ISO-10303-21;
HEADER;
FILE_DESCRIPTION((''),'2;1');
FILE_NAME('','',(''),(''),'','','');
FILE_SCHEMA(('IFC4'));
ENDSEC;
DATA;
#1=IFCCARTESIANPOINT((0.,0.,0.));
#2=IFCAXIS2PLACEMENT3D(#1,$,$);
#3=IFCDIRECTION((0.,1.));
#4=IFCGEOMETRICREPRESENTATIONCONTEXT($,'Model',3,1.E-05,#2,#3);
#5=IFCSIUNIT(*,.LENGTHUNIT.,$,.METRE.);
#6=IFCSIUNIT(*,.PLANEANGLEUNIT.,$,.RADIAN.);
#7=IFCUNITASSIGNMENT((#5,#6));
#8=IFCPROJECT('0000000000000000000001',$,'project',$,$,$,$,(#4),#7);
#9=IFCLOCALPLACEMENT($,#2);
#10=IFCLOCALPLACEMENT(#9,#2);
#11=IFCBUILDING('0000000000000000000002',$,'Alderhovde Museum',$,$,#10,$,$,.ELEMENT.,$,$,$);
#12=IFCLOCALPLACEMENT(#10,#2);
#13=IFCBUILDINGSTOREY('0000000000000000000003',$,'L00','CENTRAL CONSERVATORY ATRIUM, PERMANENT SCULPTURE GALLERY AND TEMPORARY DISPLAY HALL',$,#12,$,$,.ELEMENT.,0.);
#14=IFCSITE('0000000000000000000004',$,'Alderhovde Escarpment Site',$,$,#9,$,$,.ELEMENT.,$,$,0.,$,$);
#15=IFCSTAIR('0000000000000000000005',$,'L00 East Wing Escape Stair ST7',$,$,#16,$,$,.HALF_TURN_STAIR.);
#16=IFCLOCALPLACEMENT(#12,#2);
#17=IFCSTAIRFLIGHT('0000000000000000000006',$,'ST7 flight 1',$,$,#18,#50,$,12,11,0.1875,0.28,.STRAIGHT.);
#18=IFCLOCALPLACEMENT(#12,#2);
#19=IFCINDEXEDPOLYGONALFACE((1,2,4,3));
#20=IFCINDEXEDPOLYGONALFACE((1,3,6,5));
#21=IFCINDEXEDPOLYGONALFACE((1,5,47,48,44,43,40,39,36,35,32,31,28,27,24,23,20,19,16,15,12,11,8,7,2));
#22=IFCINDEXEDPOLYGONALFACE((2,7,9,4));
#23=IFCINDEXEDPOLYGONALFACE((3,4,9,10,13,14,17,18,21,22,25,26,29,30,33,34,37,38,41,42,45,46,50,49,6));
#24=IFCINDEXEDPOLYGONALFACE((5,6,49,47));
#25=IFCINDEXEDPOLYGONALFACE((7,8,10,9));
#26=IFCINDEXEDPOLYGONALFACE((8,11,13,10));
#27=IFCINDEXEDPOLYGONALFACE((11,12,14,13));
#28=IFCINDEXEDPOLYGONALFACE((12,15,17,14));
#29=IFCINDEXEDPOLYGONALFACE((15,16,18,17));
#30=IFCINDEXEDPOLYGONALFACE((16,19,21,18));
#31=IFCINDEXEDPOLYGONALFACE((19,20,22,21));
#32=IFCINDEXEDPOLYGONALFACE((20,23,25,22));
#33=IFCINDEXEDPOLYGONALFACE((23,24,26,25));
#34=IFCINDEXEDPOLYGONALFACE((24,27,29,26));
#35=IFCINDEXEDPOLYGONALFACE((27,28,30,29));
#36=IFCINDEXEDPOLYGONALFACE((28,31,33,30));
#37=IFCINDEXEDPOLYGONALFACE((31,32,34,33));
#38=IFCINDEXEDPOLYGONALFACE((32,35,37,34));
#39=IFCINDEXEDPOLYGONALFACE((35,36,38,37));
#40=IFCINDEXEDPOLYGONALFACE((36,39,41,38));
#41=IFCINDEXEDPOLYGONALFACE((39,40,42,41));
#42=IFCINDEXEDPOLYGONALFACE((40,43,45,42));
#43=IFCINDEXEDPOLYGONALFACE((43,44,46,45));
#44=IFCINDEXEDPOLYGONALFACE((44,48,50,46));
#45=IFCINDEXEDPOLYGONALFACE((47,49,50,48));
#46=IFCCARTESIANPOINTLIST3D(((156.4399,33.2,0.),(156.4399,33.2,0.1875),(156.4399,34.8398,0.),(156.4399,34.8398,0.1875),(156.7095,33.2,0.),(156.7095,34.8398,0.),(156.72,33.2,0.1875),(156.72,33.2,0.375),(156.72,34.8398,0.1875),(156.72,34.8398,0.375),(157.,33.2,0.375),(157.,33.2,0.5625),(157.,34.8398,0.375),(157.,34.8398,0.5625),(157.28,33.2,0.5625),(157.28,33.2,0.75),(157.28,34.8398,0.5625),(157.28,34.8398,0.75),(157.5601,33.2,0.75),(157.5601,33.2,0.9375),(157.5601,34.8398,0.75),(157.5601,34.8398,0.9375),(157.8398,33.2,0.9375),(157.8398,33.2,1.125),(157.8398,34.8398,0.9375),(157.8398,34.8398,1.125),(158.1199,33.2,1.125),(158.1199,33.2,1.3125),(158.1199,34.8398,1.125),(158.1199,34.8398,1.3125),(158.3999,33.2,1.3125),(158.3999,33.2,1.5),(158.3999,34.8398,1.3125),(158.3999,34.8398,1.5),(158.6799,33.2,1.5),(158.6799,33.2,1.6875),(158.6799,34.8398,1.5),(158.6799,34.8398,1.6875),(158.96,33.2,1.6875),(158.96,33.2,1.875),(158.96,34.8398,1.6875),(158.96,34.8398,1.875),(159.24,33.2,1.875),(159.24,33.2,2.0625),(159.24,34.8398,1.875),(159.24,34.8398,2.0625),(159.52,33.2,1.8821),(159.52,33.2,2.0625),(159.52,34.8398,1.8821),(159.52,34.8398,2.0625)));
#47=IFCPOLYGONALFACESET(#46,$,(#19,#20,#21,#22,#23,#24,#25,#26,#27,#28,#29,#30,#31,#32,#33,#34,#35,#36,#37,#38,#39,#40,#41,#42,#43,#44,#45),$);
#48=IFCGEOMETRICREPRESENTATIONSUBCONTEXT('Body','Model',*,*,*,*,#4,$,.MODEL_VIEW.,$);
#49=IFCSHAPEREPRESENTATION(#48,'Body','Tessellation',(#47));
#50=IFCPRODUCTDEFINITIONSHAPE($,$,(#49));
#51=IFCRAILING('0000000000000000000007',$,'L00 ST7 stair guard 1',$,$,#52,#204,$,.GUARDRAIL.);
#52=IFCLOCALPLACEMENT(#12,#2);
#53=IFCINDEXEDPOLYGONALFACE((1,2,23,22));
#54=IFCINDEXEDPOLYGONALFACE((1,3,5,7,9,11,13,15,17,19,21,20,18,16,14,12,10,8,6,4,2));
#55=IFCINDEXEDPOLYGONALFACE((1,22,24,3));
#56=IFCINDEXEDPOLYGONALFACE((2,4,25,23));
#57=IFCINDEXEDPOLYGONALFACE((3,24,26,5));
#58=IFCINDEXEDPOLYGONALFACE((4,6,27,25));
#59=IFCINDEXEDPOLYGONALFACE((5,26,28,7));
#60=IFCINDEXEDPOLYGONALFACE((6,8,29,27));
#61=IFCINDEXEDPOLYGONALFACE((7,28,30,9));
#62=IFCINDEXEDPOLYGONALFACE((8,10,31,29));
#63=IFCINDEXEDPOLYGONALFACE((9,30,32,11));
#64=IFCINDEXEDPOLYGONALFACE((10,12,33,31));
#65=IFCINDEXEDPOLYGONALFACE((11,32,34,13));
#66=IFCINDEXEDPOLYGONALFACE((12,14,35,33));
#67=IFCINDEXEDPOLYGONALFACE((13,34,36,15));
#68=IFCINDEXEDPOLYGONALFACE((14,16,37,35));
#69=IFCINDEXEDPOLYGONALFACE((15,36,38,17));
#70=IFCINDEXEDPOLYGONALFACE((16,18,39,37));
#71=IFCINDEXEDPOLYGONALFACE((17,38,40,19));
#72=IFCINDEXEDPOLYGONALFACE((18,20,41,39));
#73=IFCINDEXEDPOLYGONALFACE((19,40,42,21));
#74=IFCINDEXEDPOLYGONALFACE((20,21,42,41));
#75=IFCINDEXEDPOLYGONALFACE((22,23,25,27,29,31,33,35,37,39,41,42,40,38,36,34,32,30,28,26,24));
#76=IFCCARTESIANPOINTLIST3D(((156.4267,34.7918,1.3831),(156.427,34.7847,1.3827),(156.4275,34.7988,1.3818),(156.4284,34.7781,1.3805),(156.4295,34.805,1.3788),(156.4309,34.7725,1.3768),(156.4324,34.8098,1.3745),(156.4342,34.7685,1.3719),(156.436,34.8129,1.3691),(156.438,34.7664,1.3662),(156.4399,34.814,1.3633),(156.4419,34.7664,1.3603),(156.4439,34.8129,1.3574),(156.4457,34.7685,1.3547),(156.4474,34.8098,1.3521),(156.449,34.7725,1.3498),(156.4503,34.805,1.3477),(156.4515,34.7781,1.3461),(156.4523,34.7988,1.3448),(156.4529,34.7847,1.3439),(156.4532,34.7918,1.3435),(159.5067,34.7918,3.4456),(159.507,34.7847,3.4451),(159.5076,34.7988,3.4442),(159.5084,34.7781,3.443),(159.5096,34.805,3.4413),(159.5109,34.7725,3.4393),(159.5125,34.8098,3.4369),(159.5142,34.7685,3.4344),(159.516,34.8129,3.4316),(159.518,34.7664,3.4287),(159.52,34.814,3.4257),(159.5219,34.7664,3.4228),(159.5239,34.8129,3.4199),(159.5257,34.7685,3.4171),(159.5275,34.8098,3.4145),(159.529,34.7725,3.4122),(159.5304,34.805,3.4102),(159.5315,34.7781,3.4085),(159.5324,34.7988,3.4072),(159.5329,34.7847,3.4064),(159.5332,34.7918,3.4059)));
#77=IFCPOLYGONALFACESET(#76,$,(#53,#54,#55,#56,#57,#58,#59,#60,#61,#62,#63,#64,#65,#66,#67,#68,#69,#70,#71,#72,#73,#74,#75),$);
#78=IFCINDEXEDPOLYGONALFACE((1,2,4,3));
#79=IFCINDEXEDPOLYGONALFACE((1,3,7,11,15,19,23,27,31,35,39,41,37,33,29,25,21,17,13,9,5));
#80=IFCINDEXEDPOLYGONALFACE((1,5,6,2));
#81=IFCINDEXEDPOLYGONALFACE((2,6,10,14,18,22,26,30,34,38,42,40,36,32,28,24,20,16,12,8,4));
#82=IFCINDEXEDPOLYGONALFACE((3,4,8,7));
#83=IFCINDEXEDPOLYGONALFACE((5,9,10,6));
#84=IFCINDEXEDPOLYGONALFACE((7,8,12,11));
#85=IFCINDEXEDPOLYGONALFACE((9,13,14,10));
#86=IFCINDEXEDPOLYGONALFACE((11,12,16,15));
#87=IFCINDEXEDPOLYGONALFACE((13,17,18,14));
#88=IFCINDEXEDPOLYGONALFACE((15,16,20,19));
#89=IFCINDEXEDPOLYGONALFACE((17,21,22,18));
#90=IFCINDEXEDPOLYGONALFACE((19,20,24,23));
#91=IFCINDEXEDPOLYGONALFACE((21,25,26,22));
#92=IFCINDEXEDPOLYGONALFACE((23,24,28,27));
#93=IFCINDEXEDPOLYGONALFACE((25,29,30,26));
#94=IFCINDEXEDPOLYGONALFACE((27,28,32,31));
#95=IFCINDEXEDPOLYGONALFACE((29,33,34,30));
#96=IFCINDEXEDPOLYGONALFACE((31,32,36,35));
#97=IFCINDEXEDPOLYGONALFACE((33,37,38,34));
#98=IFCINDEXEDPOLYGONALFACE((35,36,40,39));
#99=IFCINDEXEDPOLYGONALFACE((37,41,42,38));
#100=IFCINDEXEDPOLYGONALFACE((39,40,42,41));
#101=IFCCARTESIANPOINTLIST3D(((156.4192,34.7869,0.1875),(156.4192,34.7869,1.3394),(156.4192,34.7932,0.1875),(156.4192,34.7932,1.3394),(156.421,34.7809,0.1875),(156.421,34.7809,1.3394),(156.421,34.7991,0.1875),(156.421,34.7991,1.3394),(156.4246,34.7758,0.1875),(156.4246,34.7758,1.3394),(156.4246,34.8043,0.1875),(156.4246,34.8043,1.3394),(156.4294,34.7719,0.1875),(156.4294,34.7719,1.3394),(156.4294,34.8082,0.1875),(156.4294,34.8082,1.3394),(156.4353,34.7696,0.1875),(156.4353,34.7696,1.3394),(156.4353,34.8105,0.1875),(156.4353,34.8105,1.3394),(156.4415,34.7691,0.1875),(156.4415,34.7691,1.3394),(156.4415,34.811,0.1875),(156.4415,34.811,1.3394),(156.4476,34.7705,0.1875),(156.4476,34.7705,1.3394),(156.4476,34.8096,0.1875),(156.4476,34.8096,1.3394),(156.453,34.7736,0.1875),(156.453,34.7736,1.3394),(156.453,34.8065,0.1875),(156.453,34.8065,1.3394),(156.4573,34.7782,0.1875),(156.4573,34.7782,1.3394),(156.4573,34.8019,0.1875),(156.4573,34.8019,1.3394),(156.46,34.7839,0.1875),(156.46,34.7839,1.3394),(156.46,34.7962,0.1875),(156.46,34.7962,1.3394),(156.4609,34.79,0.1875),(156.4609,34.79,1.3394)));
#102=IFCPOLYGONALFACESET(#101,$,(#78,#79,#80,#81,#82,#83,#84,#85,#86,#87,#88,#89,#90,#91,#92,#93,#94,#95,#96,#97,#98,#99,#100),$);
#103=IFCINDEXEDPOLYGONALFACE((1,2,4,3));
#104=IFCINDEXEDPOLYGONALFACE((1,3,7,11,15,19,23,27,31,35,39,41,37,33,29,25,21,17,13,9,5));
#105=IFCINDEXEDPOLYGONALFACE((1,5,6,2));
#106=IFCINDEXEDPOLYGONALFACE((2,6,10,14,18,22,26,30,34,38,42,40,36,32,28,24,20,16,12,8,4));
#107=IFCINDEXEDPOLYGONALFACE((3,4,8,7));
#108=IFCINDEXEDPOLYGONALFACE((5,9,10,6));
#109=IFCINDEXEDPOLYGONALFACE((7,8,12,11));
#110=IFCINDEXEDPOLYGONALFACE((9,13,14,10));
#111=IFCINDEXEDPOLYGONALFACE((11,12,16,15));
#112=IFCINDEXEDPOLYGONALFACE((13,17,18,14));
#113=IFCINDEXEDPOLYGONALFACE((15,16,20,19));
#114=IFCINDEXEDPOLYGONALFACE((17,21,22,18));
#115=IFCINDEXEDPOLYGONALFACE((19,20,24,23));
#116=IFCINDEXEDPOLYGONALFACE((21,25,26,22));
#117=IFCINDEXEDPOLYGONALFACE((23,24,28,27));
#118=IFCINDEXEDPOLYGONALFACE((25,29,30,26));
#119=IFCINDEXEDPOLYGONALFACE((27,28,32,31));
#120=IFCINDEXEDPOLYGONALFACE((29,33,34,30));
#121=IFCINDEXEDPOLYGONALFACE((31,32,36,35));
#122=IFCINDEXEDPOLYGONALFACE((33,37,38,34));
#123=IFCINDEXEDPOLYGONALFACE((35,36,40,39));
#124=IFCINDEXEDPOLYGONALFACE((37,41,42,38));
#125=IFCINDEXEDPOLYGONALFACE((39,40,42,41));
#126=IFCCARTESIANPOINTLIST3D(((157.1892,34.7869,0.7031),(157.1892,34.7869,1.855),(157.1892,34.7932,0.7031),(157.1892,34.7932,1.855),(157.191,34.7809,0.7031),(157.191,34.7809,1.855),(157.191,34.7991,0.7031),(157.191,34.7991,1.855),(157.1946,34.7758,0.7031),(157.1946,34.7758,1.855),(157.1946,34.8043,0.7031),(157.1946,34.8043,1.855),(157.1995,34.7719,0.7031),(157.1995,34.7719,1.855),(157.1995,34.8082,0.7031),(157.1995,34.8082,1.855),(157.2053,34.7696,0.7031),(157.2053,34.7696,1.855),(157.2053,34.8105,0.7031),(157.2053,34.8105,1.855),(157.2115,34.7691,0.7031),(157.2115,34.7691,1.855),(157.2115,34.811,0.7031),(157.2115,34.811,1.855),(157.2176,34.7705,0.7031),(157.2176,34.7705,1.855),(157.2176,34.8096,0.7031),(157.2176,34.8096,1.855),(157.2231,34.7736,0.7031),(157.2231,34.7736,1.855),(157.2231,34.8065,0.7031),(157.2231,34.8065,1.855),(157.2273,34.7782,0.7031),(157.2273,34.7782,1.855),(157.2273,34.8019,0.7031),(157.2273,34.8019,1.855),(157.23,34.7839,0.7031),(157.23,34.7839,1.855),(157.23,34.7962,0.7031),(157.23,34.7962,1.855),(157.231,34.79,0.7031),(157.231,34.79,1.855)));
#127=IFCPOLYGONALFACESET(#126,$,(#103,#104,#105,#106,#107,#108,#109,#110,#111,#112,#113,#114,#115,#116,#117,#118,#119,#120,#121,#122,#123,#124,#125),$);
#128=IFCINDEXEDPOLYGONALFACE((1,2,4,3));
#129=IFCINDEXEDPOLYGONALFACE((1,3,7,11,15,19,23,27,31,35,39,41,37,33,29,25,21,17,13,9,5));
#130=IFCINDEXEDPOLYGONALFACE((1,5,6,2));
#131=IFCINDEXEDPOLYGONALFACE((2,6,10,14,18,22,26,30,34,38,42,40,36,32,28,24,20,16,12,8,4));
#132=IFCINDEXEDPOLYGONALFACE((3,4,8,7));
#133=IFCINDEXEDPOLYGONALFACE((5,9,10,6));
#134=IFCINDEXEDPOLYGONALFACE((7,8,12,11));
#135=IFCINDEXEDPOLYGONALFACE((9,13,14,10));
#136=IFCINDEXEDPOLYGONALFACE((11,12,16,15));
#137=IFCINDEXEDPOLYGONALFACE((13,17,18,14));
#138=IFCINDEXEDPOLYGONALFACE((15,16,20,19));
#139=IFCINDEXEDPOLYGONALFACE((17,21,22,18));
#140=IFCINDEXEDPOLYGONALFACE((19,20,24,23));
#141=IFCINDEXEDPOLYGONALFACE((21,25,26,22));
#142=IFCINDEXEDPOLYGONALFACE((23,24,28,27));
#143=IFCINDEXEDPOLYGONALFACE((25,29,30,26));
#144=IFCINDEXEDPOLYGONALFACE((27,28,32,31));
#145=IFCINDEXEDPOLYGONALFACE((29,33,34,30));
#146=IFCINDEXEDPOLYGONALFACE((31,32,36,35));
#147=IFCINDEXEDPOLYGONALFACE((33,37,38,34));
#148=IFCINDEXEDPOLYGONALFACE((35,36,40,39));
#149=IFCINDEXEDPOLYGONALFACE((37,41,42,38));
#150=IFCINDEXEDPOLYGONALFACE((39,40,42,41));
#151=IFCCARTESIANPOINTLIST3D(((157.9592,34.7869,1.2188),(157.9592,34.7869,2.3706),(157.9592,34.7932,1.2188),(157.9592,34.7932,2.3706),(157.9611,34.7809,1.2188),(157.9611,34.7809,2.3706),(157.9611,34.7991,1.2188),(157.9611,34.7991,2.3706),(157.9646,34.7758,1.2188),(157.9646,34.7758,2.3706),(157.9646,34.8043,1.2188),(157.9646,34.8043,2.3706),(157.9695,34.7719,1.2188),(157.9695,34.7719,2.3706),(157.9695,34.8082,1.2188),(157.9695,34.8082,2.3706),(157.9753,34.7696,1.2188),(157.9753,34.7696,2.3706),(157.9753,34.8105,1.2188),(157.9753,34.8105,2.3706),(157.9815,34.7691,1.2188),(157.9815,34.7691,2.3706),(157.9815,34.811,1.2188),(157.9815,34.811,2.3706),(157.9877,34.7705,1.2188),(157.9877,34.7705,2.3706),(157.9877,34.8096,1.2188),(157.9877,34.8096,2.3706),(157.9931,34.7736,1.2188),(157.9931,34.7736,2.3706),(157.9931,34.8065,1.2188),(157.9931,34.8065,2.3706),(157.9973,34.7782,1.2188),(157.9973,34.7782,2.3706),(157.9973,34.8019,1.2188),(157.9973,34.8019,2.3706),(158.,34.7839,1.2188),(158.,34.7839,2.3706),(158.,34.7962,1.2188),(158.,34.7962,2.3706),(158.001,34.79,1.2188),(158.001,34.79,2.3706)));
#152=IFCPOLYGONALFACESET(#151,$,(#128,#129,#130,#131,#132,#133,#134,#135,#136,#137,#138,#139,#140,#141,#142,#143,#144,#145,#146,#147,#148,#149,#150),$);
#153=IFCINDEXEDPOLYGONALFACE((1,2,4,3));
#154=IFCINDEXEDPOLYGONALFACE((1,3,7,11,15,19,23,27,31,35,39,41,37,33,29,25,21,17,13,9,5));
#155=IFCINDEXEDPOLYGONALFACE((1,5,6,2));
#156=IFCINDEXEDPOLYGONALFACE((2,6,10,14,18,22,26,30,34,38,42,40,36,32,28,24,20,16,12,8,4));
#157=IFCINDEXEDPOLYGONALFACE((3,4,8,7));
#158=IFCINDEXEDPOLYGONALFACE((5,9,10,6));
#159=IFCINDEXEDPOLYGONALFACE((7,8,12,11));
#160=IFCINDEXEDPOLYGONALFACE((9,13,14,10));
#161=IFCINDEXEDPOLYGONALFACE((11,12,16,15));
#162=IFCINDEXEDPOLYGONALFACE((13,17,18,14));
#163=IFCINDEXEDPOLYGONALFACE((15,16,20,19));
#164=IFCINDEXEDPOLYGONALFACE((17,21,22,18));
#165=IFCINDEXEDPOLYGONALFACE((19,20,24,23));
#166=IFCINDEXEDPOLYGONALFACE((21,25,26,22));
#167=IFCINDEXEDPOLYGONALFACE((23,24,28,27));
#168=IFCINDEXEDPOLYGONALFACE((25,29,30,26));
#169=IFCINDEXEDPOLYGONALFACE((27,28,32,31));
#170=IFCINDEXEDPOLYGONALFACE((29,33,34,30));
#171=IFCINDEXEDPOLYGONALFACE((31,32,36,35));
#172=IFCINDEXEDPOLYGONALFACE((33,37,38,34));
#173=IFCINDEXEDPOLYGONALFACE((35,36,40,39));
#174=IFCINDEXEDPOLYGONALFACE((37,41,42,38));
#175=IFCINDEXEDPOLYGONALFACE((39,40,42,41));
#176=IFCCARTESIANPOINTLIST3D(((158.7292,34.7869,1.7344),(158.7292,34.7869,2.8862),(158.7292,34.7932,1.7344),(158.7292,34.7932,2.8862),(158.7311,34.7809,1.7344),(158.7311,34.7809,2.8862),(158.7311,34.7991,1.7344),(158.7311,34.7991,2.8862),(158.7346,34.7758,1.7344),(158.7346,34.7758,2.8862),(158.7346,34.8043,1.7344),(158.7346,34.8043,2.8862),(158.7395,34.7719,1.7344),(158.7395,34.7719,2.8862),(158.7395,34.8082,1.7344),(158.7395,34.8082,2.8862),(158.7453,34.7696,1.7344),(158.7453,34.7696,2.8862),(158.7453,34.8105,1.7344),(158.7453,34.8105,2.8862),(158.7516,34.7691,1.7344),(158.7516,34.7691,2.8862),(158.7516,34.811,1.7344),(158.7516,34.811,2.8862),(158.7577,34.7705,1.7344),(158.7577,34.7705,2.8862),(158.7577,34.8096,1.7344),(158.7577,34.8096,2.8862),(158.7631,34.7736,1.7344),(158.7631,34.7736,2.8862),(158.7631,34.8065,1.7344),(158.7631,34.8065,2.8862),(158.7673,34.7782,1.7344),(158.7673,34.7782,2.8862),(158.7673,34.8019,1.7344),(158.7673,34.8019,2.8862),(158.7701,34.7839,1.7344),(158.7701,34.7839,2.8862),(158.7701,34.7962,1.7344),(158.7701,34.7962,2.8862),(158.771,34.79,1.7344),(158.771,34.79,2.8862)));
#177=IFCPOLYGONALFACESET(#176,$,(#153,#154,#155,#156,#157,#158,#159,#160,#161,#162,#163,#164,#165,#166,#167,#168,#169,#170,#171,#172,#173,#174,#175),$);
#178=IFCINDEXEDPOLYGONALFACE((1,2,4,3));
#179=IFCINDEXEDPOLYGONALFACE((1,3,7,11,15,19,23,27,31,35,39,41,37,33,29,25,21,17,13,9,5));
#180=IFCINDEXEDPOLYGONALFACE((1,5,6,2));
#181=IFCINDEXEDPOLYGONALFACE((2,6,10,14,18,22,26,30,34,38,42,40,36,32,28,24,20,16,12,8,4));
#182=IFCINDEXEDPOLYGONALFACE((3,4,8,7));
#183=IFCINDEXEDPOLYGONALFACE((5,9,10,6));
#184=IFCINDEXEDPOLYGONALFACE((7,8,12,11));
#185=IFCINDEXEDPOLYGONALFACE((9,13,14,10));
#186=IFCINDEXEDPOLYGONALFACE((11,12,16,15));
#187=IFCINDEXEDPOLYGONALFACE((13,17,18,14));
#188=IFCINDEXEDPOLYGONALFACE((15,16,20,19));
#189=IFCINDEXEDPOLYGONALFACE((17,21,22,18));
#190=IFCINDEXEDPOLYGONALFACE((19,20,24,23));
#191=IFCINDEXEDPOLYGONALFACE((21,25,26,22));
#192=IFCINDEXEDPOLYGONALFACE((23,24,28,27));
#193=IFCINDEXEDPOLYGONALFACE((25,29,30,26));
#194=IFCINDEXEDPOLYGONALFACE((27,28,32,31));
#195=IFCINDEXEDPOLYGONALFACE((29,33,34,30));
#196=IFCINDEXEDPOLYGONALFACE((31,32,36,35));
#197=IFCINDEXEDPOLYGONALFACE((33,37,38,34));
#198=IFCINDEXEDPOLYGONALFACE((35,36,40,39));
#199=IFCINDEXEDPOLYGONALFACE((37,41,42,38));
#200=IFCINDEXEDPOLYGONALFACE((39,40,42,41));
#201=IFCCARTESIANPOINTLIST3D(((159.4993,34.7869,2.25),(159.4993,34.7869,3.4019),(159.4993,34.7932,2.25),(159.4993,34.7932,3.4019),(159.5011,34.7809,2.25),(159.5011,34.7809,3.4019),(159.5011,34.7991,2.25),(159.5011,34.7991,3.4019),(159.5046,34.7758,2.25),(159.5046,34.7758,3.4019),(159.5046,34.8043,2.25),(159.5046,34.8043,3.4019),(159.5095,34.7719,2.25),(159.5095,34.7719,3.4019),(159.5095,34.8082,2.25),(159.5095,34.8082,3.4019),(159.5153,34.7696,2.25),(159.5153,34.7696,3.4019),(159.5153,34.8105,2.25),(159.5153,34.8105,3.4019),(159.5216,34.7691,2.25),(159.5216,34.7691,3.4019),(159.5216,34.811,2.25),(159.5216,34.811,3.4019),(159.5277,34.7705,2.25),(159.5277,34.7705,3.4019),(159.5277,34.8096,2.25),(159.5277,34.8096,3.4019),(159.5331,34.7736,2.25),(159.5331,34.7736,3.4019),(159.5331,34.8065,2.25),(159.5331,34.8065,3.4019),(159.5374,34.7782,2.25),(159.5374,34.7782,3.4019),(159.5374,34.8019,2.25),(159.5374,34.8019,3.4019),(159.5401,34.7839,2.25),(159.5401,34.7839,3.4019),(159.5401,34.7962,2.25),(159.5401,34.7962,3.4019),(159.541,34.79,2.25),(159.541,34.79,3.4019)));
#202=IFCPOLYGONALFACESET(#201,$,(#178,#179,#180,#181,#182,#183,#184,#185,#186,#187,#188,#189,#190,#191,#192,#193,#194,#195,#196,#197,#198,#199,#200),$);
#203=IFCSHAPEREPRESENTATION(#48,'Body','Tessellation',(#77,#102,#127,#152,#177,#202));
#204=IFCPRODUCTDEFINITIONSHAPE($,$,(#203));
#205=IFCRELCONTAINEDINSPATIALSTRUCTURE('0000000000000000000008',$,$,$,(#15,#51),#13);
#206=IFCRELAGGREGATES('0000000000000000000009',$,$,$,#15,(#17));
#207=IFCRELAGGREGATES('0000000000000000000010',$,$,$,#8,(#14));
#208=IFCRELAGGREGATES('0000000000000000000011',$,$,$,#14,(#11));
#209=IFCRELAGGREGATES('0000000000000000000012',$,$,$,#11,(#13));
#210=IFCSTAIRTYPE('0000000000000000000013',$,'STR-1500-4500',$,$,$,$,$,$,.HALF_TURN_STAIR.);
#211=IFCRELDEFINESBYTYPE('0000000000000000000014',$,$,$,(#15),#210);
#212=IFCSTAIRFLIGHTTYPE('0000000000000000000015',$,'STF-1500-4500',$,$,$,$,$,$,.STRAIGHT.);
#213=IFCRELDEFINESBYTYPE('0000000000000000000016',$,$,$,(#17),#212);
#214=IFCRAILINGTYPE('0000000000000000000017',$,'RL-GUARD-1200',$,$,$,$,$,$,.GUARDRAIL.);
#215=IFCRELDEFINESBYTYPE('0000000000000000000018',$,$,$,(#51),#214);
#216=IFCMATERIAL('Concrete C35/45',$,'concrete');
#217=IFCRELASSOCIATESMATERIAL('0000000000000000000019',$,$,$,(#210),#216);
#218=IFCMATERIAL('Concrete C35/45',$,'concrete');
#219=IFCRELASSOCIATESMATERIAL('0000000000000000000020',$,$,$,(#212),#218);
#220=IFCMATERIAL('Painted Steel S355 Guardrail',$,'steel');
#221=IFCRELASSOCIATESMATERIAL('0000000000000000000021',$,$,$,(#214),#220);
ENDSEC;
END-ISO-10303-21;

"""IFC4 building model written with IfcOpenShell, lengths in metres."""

from ifc_helpers import new_model, si_unit, direction, frame, origin, origin_2d, place, context, subcontext, project, spatial, polyline, circle, outline, extrude, material, type_object, element, aggregate, save


model = new_model("IFC4")

# Units and contexts
model_context = context("Model", 3, precision=1e-05, world=origin(), true_north=direction((0.0, 1.0)))
body_context = subcontext(model_context, "Body", "Model", "MODEL_VIEW")
ifc_project = project(units=[si_unit("LENGTHUNIT", "METRE"), si_unit("PLANEANGLEUNIT", "RADIAN")], contexts=[model_context])

# Site, building, storey
site_placement = place(None, origin())
site = spatial("IfcSite", under=ifc_project, at=site_placement, Name="Alderhovde Escarpment Site", CompositionType="ELEMENT", RefElevation=0.0)
building_placement = place(site_placement, origin())
building = spatial("IfcBuilding", under=site, at=building_placement, Name="Alderhovde Museum", CompositionType="ELEMENT")
storey_placement = place(building_placement, origin())
storey = spatial("IfcBuildingStorey", under=building, at=storey_placement, Name="L00", Description="CENTRAL CONSERVATORY ATRIUM, PERMANENT SCULPTURE GALLERY AND TEMPORARY DISPLAY HALL", CompositionType="ELEMENT", Elevation=0.0)

# Stair, stair flight
ifc_material_1 = material(Name="Concrete C35/45", Category="concrete")
stair_type = type_object("IfcStairType", Name="STR-1500-4500", PredefinedType="HALF_TURN_STAIR", material=ifc_material_1)
stair_placement = place(storey_placement, origin())
stair = element("IfcStair", 1, at=stair_placement, inside=storey, type_object=stair_type, Name="L00 East Wing Escape Stair ST7", PredefinedType="HALF_TURN_STAIR")
ifc_material_2 = material(Name="Concrete C35/45", Category="concrete")
stair_flight_type = type_object("IfcStairFlightType", Name="STF-1500-4500", PredefinedType="STRAIGHT", material=ifc_material_2)
stair_flight_placement = place(storey_placement, frame((156.4399, 34.02, 0.0), z_axis=(0.0, 0.0, 1.0), x_axis=(1.0, 0.0, 0.0)))
stair_flight = element("IfcStairFlight", 2, at=stair_flight_placement, type_object=stair_flight_type, Name="ST7 flight 1", NumberOfRisers=12, NumberOfTreads=11, PredefinedType="STRAIGHT", RiserHeight=0.1875, TreadLength=0.28, context=body_context, shape_type="SweptSolid", body=[
    extrude(outline(polyline([(0.0, 0.0), (0.0, 0.1875), (0.28, 0.1875), (0.28, 0.375), (0.5601, 0.375), (0.5601, 0.5625), (0.8401, 0.5625), (0.8401, 0.75), (1.1201, 0.75), (1.1201, 0.9375), (1.3999, 0.9375), (1.3999, 1.125), (1.6799, 1.125), (1.6799, 1.3125), (1.96, 1.3125), (1.96, 1.5), (2.24, 1.5), (2.24, 1.6875), (2.52, 1.6875), (2.52, 1.875), (2.8, 1.875), (2.8, 2.0625), (3.0801, 2.0625), (3.0801, 2.25), (3.0801, 1.8821), (0.2695, 0.0), (0.0, 0.0)])), frame((0.0, 0.8198, 0.0), z_axis=(0.0, -1.0, 0.0), x_axis=(1.0, 0.0, 0.0)), (0.0, 0.0, 1.0), 1.6399),
])
aggregate(stair, [stair_flight])

# Railing
ifc_material_3 = material(Name="Painted Steel S355 Guardrail", Category="steel")
railing_type_1 = type_object("IfcRailingType", Name="RL-GUARD-1200", PredefinedType="GUARDRAIL", material=ifc_material_3)
railing_1_placement = place(storey_placement, frame((156.4399, 34.79, 0.1875)))
element("IfcRailing", 3, at=railing_1_placement, inside=storey, type_object=railing_type_1, Name="L00 ST7 stair guard 1", PredefinedType="GUARDRAIL", context=body_context, shape_type="SweptSolid", body=[
    extrude(circle(Radius=0.0239, at=origin_2d()), frame((0.0, 0.0, 1.1758), z_axis=(0.830914, 0.0, 0.556401), x_axis=(0.0, 1.0, 0.0)), (0.0, 0.0, 1.0), 3.7068),
    extrude(circle(Radius=0.021, at=origin_2d()), origin(), (0.0, 0.0, 1.0), 1.1519),
    extrude(circle(Radius=0.021, at=origin_2d()), frame((0.77, 0.0, 0.5156)), (0.0, 0.0, 1.0), 1.1519),
    extrude(circle(Radius=0.021, at=origin_2d()), frame((1.54, 0.0, 1.0312)), (0.0, 0.0, 1.0), 1.1519),
    extrude(circle(Radius=0.021, at=origin_2d()), frame((2.3101, 0.0, 1.5469)), (0.0, 0.0, 1.0), 1.1519),
    extrude(circle(Radius=0.021, at=origin_2d()), frame((3.0801, 0.0, 2.0625)), (0.0, 0.0, 1.0), 1.1519),
])

save(model, "model.ifc")
